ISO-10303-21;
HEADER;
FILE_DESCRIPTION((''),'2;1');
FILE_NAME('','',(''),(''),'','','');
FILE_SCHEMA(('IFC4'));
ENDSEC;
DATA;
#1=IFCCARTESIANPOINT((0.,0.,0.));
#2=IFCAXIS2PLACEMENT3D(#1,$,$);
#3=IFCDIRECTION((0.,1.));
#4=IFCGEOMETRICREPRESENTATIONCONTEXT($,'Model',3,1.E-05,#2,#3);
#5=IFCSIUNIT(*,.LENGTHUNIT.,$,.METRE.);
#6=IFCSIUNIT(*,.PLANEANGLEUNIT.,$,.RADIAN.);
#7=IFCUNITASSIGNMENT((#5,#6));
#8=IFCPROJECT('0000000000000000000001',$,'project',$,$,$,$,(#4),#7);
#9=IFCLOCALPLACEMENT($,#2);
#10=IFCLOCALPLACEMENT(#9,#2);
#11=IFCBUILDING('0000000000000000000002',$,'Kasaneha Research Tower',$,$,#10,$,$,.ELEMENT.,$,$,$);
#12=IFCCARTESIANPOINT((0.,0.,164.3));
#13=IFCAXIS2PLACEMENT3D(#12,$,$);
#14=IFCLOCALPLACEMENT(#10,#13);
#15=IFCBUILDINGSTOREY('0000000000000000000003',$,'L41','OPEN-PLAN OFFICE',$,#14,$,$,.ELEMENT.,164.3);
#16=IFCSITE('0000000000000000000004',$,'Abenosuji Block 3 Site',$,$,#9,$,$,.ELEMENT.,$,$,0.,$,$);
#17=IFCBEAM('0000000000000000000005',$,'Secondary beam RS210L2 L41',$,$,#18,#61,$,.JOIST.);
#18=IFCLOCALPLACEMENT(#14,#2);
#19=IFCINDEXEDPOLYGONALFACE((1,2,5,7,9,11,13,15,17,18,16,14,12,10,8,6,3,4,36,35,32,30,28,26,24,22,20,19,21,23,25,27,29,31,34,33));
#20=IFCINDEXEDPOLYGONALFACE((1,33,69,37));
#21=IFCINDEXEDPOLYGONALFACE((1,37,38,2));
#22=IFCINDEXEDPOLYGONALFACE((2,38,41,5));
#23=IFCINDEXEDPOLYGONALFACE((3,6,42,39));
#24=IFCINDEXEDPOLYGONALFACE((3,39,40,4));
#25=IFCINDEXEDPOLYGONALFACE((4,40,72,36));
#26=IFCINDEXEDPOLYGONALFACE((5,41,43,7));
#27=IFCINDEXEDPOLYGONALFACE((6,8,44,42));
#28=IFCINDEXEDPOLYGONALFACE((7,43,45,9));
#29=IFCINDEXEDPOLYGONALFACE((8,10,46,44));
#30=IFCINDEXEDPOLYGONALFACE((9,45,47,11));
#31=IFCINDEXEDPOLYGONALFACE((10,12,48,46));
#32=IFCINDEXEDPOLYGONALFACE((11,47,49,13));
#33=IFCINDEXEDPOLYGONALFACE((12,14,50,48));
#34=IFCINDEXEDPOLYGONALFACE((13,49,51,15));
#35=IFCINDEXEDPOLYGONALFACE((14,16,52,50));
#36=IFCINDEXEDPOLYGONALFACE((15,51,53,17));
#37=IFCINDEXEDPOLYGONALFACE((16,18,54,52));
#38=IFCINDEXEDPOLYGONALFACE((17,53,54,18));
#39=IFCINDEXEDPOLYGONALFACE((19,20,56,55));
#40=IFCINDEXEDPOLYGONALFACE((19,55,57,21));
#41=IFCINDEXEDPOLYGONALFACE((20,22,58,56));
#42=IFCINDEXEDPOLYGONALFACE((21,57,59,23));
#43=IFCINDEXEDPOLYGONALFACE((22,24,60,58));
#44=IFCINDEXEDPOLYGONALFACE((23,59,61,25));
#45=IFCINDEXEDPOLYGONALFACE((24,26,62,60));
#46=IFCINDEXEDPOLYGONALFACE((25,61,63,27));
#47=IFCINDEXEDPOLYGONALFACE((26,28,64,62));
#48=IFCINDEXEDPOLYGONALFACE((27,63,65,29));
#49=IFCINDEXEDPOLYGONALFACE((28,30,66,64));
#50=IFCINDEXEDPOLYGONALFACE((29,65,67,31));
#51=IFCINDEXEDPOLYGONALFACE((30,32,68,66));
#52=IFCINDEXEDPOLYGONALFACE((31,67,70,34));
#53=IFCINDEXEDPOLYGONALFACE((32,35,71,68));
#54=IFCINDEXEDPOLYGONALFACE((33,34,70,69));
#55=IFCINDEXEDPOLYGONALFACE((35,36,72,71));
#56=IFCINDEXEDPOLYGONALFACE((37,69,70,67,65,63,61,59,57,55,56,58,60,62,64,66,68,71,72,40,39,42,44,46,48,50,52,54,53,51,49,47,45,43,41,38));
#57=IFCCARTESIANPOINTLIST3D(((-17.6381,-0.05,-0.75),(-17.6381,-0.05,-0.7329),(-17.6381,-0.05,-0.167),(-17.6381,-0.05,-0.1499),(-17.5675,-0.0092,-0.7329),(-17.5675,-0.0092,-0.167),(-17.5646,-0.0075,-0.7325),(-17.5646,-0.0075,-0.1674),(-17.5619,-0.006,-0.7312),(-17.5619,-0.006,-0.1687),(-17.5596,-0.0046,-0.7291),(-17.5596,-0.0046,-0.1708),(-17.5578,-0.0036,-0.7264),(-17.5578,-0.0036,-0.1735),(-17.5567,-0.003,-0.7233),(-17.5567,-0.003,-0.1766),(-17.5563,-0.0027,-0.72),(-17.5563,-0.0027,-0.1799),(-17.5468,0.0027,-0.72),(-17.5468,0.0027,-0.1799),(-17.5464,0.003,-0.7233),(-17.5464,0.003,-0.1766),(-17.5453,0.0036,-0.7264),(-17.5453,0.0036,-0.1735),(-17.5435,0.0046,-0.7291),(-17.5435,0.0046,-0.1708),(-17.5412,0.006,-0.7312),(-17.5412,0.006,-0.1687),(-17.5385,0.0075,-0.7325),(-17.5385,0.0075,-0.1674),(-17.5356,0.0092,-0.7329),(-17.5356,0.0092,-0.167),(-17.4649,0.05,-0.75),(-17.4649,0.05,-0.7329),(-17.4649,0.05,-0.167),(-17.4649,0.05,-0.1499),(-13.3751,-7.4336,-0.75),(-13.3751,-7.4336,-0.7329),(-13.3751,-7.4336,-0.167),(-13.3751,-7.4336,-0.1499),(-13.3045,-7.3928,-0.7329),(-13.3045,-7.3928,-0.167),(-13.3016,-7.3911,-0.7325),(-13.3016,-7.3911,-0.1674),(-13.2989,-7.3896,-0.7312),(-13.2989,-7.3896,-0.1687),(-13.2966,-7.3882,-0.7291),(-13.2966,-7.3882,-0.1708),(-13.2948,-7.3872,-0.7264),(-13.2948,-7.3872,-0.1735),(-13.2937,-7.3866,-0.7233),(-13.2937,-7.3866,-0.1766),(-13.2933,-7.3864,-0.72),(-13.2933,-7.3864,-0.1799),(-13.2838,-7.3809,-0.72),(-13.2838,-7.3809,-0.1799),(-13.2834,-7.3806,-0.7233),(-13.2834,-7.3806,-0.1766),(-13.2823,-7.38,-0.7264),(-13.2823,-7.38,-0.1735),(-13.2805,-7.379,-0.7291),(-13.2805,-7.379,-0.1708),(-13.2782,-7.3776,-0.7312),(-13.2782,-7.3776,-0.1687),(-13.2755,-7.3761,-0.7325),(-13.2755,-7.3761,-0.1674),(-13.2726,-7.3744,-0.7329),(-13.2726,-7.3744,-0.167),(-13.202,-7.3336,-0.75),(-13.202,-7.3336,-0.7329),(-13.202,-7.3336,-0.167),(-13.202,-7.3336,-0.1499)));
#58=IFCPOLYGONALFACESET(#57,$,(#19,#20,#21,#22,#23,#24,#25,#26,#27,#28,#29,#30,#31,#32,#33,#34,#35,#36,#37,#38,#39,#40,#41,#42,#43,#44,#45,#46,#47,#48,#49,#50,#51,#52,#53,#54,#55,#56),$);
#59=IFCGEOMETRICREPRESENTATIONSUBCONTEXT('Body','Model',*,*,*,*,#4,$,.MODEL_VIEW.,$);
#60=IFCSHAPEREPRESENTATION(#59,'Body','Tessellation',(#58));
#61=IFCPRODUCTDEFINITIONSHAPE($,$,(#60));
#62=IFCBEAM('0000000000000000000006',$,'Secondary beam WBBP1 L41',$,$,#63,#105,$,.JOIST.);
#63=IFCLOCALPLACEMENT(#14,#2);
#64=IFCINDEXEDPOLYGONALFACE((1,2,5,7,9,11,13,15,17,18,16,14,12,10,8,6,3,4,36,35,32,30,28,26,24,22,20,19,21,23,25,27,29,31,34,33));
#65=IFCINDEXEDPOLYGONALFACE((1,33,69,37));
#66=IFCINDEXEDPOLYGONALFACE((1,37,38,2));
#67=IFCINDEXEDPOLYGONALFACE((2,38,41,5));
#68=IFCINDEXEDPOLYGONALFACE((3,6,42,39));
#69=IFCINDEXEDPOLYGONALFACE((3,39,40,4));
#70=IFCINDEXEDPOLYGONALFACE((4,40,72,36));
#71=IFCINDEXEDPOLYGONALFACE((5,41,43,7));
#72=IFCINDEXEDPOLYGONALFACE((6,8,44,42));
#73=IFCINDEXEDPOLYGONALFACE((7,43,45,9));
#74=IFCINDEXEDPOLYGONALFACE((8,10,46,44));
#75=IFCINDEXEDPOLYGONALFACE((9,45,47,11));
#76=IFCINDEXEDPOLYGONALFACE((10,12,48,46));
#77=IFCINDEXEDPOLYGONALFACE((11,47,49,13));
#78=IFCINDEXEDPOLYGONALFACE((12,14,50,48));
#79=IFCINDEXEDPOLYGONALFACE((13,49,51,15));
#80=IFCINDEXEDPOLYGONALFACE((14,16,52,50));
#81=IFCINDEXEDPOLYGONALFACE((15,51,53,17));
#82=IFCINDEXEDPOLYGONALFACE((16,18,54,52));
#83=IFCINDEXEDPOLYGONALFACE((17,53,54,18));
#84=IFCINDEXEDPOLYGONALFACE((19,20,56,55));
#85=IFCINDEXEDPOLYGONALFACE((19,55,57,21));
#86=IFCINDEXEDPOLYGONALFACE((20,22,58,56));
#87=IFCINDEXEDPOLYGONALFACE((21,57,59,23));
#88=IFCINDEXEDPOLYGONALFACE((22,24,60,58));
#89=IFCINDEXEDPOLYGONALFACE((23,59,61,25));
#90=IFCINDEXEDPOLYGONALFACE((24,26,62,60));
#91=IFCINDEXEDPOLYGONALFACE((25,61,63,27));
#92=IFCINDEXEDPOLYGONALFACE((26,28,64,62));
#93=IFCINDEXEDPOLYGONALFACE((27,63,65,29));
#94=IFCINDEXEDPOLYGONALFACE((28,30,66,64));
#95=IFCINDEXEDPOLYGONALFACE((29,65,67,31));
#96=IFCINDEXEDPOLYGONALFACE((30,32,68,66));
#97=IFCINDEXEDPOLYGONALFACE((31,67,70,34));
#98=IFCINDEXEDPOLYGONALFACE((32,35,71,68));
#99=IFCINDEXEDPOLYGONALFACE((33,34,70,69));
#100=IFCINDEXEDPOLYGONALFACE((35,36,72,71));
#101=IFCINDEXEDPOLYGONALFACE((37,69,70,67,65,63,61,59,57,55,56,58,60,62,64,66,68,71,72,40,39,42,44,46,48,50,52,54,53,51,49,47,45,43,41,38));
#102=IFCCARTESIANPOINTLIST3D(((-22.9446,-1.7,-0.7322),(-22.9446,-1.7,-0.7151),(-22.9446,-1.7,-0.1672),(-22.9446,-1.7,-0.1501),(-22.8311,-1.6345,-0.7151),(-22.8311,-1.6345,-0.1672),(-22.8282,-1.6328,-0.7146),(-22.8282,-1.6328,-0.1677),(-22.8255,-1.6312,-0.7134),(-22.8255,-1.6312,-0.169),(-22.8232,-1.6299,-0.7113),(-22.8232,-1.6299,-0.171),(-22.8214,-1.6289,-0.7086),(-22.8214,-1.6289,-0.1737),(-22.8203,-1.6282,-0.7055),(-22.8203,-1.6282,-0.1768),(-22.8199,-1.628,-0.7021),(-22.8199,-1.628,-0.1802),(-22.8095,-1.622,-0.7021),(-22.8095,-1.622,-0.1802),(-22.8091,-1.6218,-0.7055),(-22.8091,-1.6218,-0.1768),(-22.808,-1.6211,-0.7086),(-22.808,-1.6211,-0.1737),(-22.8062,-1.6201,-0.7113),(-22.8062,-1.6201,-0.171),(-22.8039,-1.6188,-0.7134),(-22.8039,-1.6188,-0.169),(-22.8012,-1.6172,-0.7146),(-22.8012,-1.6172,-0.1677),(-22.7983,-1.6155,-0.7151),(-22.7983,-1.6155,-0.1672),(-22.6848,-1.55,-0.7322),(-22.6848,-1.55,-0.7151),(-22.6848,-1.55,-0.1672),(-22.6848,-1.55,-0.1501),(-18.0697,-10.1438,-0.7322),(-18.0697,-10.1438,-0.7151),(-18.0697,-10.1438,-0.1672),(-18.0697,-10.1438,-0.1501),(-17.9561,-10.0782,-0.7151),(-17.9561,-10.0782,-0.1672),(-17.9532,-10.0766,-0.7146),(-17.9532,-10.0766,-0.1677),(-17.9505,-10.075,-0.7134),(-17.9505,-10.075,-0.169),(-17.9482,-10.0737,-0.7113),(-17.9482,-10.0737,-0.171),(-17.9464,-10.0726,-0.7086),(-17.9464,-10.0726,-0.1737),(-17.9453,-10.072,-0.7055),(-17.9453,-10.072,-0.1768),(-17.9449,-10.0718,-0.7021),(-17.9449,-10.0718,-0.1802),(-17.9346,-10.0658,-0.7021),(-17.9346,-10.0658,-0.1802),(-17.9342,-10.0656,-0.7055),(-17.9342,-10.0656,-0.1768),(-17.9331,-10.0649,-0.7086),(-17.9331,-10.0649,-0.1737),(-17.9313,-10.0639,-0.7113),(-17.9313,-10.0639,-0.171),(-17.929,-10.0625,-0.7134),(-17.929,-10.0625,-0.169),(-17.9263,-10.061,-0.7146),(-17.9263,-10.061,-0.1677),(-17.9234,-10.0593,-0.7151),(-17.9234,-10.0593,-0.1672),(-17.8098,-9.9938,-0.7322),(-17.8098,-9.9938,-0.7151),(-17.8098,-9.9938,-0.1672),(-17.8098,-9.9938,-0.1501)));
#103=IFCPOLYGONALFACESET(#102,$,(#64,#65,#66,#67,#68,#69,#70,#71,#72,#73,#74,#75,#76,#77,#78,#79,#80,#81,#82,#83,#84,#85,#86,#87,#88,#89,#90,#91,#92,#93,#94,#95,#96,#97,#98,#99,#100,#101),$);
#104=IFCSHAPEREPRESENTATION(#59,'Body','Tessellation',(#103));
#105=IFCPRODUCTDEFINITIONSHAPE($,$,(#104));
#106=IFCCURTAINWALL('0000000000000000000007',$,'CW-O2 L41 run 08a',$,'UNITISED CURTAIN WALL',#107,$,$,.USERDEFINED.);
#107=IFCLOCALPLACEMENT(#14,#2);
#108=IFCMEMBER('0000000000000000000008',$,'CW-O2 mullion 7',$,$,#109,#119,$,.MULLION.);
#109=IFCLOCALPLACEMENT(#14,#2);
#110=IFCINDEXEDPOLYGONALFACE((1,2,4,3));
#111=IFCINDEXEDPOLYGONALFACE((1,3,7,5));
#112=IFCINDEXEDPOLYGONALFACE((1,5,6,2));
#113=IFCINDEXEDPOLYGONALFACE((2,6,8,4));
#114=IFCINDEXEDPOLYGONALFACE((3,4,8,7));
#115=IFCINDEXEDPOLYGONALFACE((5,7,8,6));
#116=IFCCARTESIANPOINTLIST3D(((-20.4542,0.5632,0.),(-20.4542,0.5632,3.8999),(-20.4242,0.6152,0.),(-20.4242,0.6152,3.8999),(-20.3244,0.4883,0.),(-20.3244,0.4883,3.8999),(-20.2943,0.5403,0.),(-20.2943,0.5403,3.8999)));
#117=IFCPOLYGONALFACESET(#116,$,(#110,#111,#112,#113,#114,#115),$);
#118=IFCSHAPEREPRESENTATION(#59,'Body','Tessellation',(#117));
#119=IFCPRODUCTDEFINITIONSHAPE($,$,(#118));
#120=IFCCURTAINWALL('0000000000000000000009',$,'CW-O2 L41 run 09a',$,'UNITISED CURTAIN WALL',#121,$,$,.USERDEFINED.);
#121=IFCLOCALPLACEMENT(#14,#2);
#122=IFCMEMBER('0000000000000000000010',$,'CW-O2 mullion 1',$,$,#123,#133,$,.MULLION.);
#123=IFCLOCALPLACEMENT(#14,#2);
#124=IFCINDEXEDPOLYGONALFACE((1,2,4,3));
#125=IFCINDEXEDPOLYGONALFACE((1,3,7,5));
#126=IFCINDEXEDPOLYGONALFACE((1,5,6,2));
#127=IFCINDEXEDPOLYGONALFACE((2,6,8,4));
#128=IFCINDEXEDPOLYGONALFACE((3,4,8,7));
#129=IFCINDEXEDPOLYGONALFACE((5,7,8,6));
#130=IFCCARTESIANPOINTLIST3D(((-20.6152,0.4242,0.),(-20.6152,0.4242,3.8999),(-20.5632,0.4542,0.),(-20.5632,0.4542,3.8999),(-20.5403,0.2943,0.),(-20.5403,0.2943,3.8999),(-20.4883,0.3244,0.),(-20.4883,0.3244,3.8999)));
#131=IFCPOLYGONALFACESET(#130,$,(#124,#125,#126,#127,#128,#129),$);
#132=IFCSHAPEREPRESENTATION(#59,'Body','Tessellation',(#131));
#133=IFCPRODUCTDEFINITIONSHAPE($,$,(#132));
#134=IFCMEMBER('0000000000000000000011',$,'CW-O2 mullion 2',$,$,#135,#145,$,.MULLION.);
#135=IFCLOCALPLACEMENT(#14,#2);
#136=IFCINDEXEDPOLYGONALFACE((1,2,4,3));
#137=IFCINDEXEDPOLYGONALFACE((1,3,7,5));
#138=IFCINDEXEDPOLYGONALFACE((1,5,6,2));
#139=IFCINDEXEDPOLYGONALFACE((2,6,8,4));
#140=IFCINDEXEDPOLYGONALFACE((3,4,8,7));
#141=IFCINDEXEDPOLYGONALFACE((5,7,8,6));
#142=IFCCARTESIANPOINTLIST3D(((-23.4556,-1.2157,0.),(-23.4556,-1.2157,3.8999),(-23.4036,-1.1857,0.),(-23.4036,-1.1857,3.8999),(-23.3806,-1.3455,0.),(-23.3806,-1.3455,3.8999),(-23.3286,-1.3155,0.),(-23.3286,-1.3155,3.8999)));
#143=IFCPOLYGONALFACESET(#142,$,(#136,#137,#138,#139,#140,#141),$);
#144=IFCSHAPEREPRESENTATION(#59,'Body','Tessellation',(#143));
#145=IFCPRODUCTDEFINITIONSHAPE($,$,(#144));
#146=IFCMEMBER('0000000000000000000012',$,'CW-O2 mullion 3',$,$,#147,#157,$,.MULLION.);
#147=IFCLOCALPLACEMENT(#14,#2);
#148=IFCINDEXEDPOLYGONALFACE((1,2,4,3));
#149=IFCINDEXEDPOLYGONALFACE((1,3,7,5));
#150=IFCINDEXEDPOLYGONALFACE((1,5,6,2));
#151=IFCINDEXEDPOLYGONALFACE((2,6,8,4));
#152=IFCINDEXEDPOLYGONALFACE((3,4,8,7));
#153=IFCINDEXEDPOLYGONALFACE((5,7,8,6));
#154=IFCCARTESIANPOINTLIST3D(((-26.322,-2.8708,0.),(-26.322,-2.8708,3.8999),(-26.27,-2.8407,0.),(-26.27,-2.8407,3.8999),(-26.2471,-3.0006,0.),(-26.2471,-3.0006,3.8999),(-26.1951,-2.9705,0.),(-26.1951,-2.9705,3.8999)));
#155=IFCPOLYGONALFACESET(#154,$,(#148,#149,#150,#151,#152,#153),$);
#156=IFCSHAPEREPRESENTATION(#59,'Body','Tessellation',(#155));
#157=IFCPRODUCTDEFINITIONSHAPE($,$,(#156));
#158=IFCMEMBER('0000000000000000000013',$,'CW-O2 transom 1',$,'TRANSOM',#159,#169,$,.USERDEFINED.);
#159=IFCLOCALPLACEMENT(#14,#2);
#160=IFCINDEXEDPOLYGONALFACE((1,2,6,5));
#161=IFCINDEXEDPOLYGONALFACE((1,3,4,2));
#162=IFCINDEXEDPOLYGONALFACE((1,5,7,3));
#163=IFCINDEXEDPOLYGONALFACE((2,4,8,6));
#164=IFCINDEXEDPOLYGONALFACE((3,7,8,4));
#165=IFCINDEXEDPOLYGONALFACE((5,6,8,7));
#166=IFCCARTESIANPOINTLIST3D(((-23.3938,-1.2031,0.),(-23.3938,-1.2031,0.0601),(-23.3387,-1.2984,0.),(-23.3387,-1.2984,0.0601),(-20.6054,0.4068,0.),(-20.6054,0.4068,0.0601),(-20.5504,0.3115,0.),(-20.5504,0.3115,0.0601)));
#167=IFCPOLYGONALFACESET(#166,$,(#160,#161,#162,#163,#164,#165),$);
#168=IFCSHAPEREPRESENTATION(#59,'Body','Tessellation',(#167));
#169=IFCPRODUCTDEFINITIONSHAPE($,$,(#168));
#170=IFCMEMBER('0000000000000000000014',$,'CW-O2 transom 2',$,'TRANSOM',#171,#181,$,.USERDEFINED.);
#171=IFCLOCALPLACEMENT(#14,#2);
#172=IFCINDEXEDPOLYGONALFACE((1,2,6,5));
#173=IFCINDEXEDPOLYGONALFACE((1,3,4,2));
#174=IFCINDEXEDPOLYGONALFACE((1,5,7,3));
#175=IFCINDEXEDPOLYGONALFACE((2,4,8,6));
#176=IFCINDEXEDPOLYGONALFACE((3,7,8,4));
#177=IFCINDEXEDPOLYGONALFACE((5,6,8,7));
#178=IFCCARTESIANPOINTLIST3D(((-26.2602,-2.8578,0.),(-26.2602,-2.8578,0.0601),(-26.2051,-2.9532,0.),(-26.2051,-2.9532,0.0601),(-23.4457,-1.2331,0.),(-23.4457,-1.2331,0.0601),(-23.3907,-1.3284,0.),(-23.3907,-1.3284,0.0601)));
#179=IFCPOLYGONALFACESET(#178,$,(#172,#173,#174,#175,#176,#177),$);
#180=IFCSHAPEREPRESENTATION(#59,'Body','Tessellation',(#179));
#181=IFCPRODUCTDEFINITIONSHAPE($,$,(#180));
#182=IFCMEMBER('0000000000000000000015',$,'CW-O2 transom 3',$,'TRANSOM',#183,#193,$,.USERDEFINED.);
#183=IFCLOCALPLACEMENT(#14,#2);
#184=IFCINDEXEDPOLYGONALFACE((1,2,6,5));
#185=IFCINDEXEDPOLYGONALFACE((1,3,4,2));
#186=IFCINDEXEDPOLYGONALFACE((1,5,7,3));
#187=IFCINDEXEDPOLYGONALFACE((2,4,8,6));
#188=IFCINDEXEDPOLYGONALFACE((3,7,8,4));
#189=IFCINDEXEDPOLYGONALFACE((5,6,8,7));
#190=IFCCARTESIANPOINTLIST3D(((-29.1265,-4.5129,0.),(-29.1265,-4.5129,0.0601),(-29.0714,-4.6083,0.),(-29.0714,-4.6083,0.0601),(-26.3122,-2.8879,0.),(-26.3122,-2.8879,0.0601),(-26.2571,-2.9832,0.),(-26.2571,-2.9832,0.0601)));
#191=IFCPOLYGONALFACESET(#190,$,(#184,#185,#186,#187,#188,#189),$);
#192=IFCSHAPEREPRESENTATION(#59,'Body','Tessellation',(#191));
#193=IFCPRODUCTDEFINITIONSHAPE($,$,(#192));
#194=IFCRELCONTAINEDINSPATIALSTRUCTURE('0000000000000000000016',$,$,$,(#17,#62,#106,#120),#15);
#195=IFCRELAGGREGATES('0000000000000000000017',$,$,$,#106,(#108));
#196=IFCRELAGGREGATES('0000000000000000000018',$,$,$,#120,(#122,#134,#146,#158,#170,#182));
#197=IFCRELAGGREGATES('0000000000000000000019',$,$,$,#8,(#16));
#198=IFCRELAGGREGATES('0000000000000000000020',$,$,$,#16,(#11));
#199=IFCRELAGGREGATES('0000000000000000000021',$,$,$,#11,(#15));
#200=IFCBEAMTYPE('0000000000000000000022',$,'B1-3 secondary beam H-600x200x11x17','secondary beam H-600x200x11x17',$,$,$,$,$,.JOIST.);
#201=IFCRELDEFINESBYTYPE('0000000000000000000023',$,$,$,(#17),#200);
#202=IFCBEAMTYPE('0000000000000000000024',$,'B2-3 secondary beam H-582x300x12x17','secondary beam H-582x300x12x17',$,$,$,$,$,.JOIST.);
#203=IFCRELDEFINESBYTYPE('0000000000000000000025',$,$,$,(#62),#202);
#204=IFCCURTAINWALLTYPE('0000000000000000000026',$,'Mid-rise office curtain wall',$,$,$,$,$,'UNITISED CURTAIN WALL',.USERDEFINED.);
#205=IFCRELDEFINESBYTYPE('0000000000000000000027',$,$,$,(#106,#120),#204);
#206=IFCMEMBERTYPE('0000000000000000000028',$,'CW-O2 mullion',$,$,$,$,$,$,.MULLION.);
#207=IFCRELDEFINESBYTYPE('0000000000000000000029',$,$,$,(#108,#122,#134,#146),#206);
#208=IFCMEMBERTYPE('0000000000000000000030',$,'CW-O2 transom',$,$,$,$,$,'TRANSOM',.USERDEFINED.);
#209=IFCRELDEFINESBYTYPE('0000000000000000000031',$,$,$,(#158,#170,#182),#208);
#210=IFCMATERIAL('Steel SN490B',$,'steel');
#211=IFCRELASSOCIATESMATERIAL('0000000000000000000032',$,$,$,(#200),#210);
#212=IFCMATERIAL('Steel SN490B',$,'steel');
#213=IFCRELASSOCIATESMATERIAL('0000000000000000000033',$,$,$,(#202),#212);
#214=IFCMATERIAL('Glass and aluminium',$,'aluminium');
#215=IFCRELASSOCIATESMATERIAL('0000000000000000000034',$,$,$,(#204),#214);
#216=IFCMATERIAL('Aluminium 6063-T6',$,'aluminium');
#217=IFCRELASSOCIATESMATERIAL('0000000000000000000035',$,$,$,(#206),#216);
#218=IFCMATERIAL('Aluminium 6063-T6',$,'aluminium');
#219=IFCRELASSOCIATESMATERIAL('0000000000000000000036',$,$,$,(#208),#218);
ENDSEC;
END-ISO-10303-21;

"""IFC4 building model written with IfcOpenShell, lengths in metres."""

from ifc_helpers import new_model, si_unit, direction, frame, origin, origin_2d, place, context, subcontext, project, spatial, rectangle, i_section, extrude, material, material_profile, profile_set, type_object, element, aggregate, save


model = new_model("IFC4")

# Units and contexts
model_context = context("Model", 3, precision=1e-05, world=origin(), true_north=direction((0.0, 1.0)))
body_context = subcontext(model_context, "Body", "Model", "MODEL_VIEW")
ifc_project = project(units=[si_unit("LENGTHUNIT", "METRE"), si_unit("PLANEANGLEUNIT", "RADIAN")], contexts=[model_context])

# Site, building, storey
site_placement = place(None, origin())
site = spatial("IfcSite", under=ifc_project, at=site_placement, Name="Abenosuji Block 3 Site", CompositionType="ELEMENT", RefElevation=0.0)
building_placement = place(site_placement, origin())
building = spatial("IfcBuilding", under=site, at=building_placement, Name="Kasaneha Research Tower", CompositionType="ELEMENT")
storey_placement = place(building_placement, frame((0.0, 0.0, 164.3)))
storey = spatial("IfcBuildingStorey", under=building, at=storey_placement, Name="L41", Description="OPEN-PLAN OFFICE", CompositionType="ELEMENT", Elevation=164.3)

# Beams
ifc_material_1 = material(Name="Steel SN490B", Category="steel")
ifc_material_profile_1 = material_profile(ifc_material_1, i_section(OverallWidth=0.2, OverallDepth=0.6001, WebThickness=0.011, FlangeThickness=0.0171, FilletRadius=0.0129, at=origin_2d()), Name="H-600x200x11x17")
ifc_profile_set_1 = profile_set([ifc_material_profile_1], Name="Steel SN490B")
beam_type_1 = type_object("IfcBeamType", Name="B1-3 secondary beam H-600x200x11x17", Description="secondary beam H-600x200x11x17", PredefinedType="JOIST", material=ifc_profile_set_1)
beam_1_placement = place(storey_placement, frame((-17.5515, 0.0, -0.45), z_axis=(0.500004, -0.866023, 0.0), x_axis=(0.866023, 0.500004, 0.0)))
element("IfcBeam", 1, at=beam_1_placement, inside=storey, type_object=beam_type_1, Name="Secondary beam RS210L2 L41", PredefinedType="JOIST", context=body_context, shape_type="SweptSolid", body=[
    extrude(i_section(OverallWidth=0.2, OverallDepth=0.6001, WebThickness=0.011, FlangeThickness=0.0171, FilletRadius=0.0129, at=origin_2d()), origin(), (0.0, 0.0, 1.0), 8.5259),
])
ifc_material_2 = material(Name="Steel SN490B", Category="steel")
ifc_material_profile_2 = material_profile(ifc_material_2, i_section(OverallWidth=0.3, OverallDepth=0.582, WebThickness=0.012, FlangeThickness=0.0171, FilletRadius=0.0129, at=origin_2d()), Name="H-582x300x12x17")
ifc_profile_set_2 = profile_set([ifc_material_profile_2], Name="Steel SN490B")
beam_type_2 = type_object("IfcBeamType", Name="B2-3 secondary beam H-582x300x12x17", Description="secondary beam H-582x300x12x17", PredefinedType="JOIST", material=ifc_profile_set_2)
beam_2_placement = place(storey_placement, frame((-22.8147, -1.625, -0.4412), z_axis=(0.499996, -0.866028, 0.0), x_axis=(0.866028, 0.499996, 0.0)))
element("IfcBeam", 2, at=beam_2_placement, inside=storey, type_object=beam_type_2, Name="Secondary beam WBBP1 L41", PredefinedType="JOIST", context=body_context, shape_type="SweptSolid", body=[
    extrude(i_section(OverallWidth=0.3, OverallDepth=0.582, WebThickness=0.012, FlangeThickness=0.0171, FilletRadius=0.0129, at=origin_2d()), origin(), (0.0, 0.0, 1.0), 9.75),
])

# Curtain wall, member
ifc_material_3 = material(Name="Glass and aluminium", Category="aluminium")
curtain_wall_type = type_object("IfcCurtainWallType", Name="Mid-rise office curtain wall", ElementType="UNITISED CURTAIN WALL", PredefinedType="USERDEFINED", material=ifc_material_3)
curtain_wall_1_placement = place(storey_placement, origin())
curtain_wall_1 = element("IfcCurtainWall", 3, at=curtain_wall_1_placement, inside=storey, type_object=curtain_wall_type, Name="CW-O2 L41 run 08a", ObjectType="UNITISED CURTAIN WALL", PredefinedType="USERDEFINED")
ifc_material_4 = material(Name="Aluminium 6063-T6", Category="aluminium")
ifc_material_profile_3 = material_profile(ifc_material_4, rectangle(XDim=0.0601, YDim=0.1499, at=origin_2d()), Name="CW-O2 mullion 60x150")
ifc_profile_set_3 = profile_set([ifc_material_profile_3], Name="Aluminium 6063-T6")
member_type_1 = type_object("IfcMemberType", Name="CW-O2 mullion", PredefinedType="MULLION", material=ifc_profile_set_3)
member_1_placement = place(storey_placement, frame((-20.3743, 0.5518, 0.0), z_axis=(0.0, 0.0, 1.0), x_axis=(-0.5, -0.866025, 0.0)))
member_1 = element("IfcMember", 4, at=member_1_placement, type_object=member_type_1, Name="CW-O2 mullion 7", PredefinedType="MULLION", context=body_context, shape_type="SweptSolid", body=[
    extrude(rectangle(XDim=0.0601, YDim=0.1499, at=origin_2d()), origin(), (0.0, 0.0, 1.0), 3.8999),
])

# Curtain wall, members
curtain_wall_2_placement = place(storey_placement, origin())
curtain_wall_2 = element("IfcCurtainWall", 5, at=curtain_wall_2_placement, inside=storey, type_object=curtain_wall_type, Name="CW-O2 L41 run 09a", ObjectType="UNITISED CURTAIN WALL", PredefinedType="USERDEFINED")
member_2_placement = place(storey_placement, frame((-20.5518, 0.3743, 0.0), z_axis=(0.0, 0.0, 1.0), x_axis=(-0.866025, -0.5, 0.0)))
member_2 = element("IfcMember", 6, at=member_2_placement, type_object=member_type_1, Name="CW-O2 mullion 1", PredefinedType="MULLION", context=body_context, shape_type="SweptSolid", body=[
    extrude(rectangle(XDim=0.0601, YDim=0.1499, at=origin_2d()), origin(), (0.0, 0.0, 1.0), 3.8999),
])
member_3_placement = place(storey_placement, frame((-23.3921, -1.2656, 0.0), z_axis=(0.0, 0.0, 1.0), x_axis=(-0.866025, -0.5, 0.0)))
member_3 = element("IfcMember", 7, at=member_3_placement, type_object=member_type_1, Name="CW-O2 mullion 2", PredefinedType="MULLION", context=body_context, shape_type="SweptSolid", body=[
    extrude(rectangle(XDim=0.0601, YDim=0.1499, at=origin_2d()), origin(), (0.0, 0.0, 1.0), 3.8999),
])
member_4_placement = place(storey_placement, frame((-26.2585, -2.9207, 0.0), z_axis=(0.0, 0.0, 1.0), x_axis=(-0.866025, -0.5, 0.0)))
member_4 = element("IfcMember", 8, at=member_4_placement, type_object=member_type_1, Name="CW-O2 mullion 3", PredefinedType="MULLION", context=body_context, shape_type="SweptSolid", body=[
    extrude(rectangle(XDim=0.0601, YDim=0.1499, at=origin_2d()), origin(), (0.0, 0.0, 1.0), 3.8999),
])
ifc_material_5 = material(Name="Aluminium 6063-T6", Category="aluminium")
ifc_material_profile_4 = material_profile(ifc_material_5, rectangle(XDim=0.1101, YDim=0.0601, at=origin_2d()), Name="CW-O2 transom 110x60")
ifc_profile_set_4 = profile_set([ifc_material_profile_4], Name="Aluminium 6063-T6")
member_type_2 = type_object("IfcMemberType", Name="CW-O2 transom", ElementType="TRANSOM", PredefinedType="USERDEFINED", material=ifc_profile_set_4)
member_5_placement = place(storey_placement, frame((-20.5779, 0.3591, 0.03), z_axis=(-0.866023, -0.500005, 0.0), x_axis=(0.500005, -0.866023, 0.0)))
member_5 = element("IfcMember", 9, at=member_5_placement, type_object=member_type_2, Name="CW-O2 transom 1", ObjectType="TRANSOM", PredefinedType="USERDEFINED", context=body_context, shape_type="SweptSolid", body=[
    extrude(rectangle(XDim=0.1101, YDim=0.0601, at=origin_2d()), origin(), (0.0, 0.0, 1.0), 3.2197),
])
member_6_placement = place(storey_placement, frame((-23.4182, -1.2808, 0.03), z_axis=(-0.866048, -0.499961, 0.0), x_axis=(0.499961, -0.866048, 0.0)))
member_6 = element("IfcMember", 10, at=member_6_placement, type_object=member_type_2, Name="CW-O2 transom 2", ObjectType="TRANSOM", PredefinedType="USERDEFINED", context=body_context, shape_type="SweptSolid", body=[
    extrude(rectangle(XDim=0.1101, YDim=0.0601, at=origin_2d()), origin(), (0.0, 0.0, 1.0), 3.2498),
])
member_7_placement = place(storey_placement, frame((-26.2847, -2.9355, 0.03), z_axis=(-0.865997, -0.50005, 0.0), x_axis=(0.50005, -0.865997, 0.0)))
member_7 = element("IfcMember", 11, at=member_7_placement, type_object=member_type_2, Name="CW-O2 transom 3", ObjectType="TRANSOM", PredefinedType="USERDEFINED", context=body_context, shape_type="SweptSolid", body=[
    extrude(rectangle(XDim=0.1101, YDim=0.0601, at=origin_2d()), origin(), (0.0, 0.0, 1.0), 3.2498),
])

aggregate(curtain_wall_1, [member_1])
aggregate(curtain_wall_2, [member_2, member_3, member_4, member_5, member_6, member_7])

save(model, "model.ifc")
